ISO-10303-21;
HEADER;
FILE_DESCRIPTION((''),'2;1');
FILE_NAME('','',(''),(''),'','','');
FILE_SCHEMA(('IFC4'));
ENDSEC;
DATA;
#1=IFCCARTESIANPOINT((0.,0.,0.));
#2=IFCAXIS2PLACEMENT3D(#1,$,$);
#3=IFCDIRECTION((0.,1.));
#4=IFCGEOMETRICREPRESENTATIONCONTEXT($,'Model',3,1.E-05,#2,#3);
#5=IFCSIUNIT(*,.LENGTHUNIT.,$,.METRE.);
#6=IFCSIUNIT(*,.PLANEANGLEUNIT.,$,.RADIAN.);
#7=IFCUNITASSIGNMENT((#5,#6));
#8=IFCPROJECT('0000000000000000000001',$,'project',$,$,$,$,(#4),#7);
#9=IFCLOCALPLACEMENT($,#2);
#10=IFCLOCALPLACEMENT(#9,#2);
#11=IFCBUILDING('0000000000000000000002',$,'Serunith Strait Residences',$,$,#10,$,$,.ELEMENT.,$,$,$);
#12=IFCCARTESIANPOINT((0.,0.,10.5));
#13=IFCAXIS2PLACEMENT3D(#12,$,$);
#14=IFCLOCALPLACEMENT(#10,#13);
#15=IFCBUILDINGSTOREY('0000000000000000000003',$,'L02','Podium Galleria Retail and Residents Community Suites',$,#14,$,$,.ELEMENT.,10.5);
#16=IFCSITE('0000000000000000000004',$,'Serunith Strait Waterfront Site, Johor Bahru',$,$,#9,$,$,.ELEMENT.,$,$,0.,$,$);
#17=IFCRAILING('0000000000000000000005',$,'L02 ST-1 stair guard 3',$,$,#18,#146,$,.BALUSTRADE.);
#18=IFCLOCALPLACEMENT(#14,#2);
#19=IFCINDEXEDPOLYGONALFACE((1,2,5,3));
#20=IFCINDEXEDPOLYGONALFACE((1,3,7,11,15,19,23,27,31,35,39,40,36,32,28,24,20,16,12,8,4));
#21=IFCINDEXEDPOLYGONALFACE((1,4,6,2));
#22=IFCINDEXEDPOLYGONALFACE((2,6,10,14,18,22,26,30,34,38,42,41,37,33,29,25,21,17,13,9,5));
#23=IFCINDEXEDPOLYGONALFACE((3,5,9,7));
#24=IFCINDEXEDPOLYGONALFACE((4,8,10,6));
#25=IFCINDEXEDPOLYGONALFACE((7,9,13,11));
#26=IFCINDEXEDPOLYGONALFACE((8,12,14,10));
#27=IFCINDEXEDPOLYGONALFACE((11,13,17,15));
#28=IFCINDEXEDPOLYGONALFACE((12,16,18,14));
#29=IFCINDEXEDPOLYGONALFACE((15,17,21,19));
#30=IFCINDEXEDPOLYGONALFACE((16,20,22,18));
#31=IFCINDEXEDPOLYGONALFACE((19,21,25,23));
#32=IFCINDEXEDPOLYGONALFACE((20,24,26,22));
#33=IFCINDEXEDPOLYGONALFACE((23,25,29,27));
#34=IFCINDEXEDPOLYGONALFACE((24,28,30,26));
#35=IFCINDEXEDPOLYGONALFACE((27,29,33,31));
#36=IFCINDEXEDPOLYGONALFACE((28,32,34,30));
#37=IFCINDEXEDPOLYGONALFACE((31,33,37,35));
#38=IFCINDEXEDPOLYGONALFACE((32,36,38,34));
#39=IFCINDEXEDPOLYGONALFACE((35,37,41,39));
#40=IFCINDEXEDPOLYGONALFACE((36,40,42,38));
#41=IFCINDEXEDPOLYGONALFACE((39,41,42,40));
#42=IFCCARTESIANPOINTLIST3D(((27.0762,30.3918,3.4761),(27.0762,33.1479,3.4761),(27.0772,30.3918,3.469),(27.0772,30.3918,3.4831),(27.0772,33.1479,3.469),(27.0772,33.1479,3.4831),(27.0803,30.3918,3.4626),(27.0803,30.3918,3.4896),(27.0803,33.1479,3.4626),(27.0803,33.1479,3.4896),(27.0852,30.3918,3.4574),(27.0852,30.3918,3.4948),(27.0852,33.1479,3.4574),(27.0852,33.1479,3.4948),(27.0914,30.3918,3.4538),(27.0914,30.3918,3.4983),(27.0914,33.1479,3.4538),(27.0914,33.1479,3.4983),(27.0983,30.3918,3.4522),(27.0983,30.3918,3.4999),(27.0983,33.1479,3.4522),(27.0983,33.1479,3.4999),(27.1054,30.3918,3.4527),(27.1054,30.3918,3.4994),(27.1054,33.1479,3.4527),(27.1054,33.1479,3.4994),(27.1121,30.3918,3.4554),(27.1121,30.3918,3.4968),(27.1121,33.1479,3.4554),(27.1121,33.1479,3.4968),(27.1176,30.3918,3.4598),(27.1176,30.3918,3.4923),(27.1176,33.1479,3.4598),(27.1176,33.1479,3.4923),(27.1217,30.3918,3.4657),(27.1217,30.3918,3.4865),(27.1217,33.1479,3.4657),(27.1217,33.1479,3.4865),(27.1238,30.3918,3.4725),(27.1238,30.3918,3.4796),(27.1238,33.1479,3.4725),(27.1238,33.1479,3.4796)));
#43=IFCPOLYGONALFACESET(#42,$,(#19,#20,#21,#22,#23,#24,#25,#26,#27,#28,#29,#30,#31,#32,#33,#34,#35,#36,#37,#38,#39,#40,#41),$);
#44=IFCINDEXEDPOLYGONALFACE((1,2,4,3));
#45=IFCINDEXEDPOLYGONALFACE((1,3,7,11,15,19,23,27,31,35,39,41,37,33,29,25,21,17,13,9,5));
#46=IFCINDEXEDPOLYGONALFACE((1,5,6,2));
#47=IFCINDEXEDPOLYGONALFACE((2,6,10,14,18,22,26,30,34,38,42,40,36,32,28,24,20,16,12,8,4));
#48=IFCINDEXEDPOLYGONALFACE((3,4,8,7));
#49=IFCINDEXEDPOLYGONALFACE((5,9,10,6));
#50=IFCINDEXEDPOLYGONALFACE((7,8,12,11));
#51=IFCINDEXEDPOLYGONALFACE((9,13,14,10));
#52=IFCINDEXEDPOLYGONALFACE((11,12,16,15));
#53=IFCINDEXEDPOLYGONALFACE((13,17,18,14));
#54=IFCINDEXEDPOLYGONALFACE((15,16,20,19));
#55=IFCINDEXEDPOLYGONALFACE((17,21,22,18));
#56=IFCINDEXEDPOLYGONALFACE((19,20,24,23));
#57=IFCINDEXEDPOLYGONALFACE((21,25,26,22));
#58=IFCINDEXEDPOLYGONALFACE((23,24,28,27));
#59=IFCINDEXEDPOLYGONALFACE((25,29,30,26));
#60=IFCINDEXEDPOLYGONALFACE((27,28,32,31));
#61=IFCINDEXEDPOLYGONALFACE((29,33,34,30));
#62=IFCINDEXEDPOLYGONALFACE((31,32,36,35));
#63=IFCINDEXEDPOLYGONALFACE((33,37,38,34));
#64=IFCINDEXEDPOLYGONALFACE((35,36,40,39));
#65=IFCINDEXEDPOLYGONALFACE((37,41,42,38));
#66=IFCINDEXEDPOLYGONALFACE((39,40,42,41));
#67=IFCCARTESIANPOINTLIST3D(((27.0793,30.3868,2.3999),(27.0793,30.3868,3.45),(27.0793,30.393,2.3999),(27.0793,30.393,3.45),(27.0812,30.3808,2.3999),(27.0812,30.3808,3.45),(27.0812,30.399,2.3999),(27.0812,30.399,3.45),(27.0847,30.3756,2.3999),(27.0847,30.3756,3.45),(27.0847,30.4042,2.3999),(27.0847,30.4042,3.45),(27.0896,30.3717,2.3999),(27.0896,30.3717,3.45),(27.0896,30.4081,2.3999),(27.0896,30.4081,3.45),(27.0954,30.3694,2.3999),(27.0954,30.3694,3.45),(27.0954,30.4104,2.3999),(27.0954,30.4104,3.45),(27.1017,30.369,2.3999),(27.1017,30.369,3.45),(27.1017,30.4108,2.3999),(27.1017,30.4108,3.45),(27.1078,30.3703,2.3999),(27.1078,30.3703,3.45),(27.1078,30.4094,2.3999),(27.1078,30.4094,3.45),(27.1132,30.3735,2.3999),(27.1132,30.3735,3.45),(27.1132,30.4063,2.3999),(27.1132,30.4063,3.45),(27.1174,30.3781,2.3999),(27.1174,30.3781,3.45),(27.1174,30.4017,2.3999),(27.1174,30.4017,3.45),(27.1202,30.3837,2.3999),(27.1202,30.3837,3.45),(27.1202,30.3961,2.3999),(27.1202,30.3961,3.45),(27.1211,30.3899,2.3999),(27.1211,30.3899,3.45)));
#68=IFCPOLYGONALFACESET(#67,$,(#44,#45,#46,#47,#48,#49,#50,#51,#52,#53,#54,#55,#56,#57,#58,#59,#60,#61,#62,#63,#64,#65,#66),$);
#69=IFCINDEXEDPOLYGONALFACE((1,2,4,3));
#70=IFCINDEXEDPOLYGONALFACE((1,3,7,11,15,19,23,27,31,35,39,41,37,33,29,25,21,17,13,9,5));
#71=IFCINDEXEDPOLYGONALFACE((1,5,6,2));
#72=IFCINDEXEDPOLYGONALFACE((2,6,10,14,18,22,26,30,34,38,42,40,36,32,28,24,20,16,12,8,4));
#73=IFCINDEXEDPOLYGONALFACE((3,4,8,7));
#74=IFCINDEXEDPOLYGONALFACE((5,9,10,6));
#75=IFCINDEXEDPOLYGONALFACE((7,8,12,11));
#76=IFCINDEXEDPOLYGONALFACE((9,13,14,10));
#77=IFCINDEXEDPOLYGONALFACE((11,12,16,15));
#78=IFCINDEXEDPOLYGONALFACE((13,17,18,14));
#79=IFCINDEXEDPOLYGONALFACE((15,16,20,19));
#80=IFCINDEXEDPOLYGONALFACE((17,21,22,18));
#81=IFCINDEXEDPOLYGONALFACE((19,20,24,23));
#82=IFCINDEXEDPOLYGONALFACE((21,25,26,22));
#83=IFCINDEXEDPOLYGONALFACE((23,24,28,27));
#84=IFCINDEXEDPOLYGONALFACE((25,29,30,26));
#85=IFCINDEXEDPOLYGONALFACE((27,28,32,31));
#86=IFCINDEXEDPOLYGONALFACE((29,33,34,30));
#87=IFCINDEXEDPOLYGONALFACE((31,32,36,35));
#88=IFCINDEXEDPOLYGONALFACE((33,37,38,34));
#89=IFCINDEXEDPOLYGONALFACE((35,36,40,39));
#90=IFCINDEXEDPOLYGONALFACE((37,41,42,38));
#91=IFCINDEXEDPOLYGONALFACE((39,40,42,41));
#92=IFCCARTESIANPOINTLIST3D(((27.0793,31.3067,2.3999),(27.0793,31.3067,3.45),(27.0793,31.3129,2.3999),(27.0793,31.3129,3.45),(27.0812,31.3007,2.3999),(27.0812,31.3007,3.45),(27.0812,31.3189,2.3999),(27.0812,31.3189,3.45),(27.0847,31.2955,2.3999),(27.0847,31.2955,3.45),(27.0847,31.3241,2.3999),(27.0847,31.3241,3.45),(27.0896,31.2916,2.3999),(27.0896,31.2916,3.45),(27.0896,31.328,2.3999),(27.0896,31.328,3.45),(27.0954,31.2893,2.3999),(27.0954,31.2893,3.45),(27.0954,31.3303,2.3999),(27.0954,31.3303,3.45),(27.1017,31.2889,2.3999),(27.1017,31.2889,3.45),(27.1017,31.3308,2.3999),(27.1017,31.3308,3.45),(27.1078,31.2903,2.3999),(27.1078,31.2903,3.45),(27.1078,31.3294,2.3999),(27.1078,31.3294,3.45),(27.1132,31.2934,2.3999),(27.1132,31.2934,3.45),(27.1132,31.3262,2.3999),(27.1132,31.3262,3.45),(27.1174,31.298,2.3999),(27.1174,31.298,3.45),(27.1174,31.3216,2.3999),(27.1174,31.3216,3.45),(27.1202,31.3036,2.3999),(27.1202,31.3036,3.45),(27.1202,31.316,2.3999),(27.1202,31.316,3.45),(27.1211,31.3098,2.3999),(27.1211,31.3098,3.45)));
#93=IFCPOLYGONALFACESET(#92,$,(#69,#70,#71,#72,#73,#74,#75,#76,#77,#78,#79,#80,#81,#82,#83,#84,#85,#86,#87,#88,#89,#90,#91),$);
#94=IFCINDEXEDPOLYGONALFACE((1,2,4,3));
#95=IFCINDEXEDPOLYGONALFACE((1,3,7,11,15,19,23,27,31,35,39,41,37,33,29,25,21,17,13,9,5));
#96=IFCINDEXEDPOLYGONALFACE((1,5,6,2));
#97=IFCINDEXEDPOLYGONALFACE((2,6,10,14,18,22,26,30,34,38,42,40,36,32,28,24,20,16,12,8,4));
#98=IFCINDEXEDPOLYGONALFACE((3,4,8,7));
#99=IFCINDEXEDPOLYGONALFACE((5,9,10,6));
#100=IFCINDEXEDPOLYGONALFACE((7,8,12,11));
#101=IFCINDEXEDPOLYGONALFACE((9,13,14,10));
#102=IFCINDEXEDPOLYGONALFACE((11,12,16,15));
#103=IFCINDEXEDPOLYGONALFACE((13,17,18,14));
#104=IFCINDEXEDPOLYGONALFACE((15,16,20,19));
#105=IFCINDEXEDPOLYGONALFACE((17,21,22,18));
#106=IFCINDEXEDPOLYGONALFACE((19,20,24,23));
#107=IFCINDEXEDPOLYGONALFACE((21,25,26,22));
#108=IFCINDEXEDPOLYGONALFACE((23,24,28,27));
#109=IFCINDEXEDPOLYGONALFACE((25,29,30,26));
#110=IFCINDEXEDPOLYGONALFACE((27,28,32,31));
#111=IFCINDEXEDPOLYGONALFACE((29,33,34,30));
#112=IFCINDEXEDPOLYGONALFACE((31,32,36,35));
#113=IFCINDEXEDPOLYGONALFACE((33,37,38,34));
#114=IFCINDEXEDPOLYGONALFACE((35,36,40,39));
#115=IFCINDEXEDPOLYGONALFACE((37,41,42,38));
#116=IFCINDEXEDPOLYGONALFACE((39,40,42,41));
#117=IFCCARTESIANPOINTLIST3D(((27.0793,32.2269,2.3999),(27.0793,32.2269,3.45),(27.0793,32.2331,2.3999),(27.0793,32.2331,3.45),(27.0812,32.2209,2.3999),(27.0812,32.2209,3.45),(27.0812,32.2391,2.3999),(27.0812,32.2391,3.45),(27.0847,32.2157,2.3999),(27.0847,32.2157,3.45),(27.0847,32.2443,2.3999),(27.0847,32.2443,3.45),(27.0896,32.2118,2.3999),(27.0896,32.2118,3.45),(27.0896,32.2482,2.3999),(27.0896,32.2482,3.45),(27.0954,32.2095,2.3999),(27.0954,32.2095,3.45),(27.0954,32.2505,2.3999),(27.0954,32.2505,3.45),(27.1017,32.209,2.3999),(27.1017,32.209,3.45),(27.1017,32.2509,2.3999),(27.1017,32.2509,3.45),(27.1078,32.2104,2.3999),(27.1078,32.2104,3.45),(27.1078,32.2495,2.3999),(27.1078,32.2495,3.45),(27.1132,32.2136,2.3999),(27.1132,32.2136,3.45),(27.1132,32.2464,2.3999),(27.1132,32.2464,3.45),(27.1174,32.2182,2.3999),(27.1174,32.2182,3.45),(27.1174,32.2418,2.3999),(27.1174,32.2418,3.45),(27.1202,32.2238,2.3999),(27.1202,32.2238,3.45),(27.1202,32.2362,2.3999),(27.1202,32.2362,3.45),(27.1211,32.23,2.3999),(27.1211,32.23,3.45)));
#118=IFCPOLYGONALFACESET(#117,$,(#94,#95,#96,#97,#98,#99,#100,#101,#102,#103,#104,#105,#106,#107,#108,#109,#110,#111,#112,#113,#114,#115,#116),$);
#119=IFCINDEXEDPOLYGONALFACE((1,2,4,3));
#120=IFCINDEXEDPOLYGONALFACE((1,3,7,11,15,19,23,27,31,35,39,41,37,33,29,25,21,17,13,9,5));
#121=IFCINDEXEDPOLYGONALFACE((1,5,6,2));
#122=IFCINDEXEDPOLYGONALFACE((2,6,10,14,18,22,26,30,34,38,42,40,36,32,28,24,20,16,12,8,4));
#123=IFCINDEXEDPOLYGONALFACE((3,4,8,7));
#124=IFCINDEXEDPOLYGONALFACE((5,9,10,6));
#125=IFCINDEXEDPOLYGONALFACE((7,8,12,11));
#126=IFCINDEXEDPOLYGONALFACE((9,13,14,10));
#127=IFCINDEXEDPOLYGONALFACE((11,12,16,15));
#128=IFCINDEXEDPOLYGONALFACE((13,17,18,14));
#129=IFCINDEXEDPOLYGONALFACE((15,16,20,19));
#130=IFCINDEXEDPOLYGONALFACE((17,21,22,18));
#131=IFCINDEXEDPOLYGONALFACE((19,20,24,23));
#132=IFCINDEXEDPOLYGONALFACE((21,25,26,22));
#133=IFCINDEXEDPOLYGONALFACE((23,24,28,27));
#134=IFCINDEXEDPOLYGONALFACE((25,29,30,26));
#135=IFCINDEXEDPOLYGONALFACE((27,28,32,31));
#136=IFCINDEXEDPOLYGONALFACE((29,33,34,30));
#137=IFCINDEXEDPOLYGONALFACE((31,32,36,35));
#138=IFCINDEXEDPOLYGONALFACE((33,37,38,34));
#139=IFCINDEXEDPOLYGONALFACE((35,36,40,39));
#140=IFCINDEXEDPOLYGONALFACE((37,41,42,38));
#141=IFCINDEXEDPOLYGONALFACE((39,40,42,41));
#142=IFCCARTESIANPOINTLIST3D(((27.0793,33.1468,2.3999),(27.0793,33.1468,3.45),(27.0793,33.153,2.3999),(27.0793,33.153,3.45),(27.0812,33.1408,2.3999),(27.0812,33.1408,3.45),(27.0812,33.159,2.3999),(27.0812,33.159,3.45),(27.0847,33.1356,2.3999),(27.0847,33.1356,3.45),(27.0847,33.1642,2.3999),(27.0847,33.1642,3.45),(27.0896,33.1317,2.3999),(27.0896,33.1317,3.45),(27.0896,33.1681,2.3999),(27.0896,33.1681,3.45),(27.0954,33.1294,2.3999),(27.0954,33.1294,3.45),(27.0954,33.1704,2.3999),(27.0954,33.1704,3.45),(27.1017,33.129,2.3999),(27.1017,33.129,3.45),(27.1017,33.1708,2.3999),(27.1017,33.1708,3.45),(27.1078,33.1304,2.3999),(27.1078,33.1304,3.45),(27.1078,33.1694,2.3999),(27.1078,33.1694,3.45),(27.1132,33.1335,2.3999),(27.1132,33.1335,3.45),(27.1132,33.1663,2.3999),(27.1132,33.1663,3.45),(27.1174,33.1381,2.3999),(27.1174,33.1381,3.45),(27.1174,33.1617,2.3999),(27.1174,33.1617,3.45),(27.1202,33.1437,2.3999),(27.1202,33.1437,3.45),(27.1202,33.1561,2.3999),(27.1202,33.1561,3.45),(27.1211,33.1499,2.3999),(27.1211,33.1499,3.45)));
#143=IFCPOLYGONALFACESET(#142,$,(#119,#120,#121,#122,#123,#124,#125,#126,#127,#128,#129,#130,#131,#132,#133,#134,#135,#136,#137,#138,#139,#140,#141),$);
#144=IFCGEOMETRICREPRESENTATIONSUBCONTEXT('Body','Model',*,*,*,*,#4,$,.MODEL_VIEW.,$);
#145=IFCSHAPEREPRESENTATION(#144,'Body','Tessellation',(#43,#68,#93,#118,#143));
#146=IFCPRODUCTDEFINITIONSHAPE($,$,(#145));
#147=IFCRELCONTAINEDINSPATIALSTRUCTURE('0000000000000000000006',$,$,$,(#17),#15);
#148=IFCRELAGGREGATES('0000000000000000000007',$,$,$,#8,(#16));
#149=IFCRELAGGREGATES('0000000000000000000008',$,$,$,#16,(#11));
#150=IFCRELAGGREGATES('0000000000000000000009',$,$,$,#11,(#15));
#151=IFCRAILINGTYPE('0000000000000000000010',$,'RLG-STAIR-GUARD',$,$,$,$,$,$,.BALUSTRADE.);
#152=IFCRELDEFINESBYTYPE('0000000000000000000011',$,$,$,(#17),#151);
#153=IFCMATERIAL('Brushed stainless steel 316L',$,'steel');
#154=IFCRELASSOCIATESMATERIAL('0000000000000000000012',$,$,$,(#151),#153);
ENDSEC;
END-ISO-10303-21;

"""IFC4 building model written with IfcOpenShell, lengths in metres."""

from ifc_helpers import new_model, si_unit, direction, frame, origin, origin_2d, place, context, subcontext, project, spatial, circle, extrude, material, type_object, element, save


model = new_model("IFC4")

# Units and contexts
model_context = context("Model", 3, precision=1e-05, world=origin(), true_north=direction((0.0, 1.0)))
body_context = subcontext(model_context, "Body", "Model", "MODEL_VIEW")
ifc_project = project(units=[si_unit("LENGTHUNIT", "METRE"), si_unit("PLANEANGLEUNIT", "RADIAN")], contexts=[model_context])

# Site, building, storey
site_placement = place(None, origin())
site = spatial("IfcSite", under=ifc_project, at=site_placement, Name="Serunith Strait Waterfront Site, Johor Bahru", CompositionType="ELEMENT", RefElevation=0.0)
building_placement = place(site_placement, origin())
building = spatial("IfcBuilding", under=site, at=building_placement, Name="Serunith Strait Residences", CompositionType="ELEMENT")
storey_placement = place(building_placement, frame((0.0, 0.0, 10.5)))
storey = spatial("IfcBuildingStorey", under=building, at=storey_placement, Name="L02", Description="Podium Galleria Retail and Residents Community Suites", CompositionType="ELEMENT", Elevation=10.5)

# Railing
ifc_material_1 = material(Name="Brushed stainless steel 316L", Category="steel")
railing_type_1 = type_object("IfcRailingType", Name="RLG-STAIR-GUARD", PredefinedType="BALUSTRADE", material=ifc_material_1)
railing_1_placement = place(storey_placement, frame((27.1001, 30.3899, 2.3999)))
element("IfcRailing", 1, at=railing_1_placement, inside=storey, type_object=railing_type_1, Name="L02 ST-1 stair guard 3", PredefinedType="BALUSTRADE", context=body_context, shape_type="SweptSolid", body=[
    extrude(circle(Radius=0.0239, at=origin_2d()), frame((0.0, 0.002, 1.0762), z_axis=(0.0, 1.0, 0.0), x_axis=(-1.0, 0.0, 0.0)), (0.0, 0.0, 1.0), 2.7561),
    extrude(circle(Radius=0.021, at=origin_2d()), origin(), (0.0, 0.0, 1.0), 1.05),
    extrude(circle(Radius=0.021, at=origin_2d()), frame((0.0, 0.9199, 0.0)), (0.0, 0.0, 1.0), 1.05),
    extrude(circle(Radius=0.021, at=origin_2d()), frame((0.0, 1.8401, 0.0)), (0.0, 0.0, 1.0), 1.05),
    extrude(circle(Radius=0.021, at=origin_2d()), frame((0.0, 2.76, 0.0)), (0.0, 0.0, 1.0), 1.05),
])

save(model, "model.ifc")
